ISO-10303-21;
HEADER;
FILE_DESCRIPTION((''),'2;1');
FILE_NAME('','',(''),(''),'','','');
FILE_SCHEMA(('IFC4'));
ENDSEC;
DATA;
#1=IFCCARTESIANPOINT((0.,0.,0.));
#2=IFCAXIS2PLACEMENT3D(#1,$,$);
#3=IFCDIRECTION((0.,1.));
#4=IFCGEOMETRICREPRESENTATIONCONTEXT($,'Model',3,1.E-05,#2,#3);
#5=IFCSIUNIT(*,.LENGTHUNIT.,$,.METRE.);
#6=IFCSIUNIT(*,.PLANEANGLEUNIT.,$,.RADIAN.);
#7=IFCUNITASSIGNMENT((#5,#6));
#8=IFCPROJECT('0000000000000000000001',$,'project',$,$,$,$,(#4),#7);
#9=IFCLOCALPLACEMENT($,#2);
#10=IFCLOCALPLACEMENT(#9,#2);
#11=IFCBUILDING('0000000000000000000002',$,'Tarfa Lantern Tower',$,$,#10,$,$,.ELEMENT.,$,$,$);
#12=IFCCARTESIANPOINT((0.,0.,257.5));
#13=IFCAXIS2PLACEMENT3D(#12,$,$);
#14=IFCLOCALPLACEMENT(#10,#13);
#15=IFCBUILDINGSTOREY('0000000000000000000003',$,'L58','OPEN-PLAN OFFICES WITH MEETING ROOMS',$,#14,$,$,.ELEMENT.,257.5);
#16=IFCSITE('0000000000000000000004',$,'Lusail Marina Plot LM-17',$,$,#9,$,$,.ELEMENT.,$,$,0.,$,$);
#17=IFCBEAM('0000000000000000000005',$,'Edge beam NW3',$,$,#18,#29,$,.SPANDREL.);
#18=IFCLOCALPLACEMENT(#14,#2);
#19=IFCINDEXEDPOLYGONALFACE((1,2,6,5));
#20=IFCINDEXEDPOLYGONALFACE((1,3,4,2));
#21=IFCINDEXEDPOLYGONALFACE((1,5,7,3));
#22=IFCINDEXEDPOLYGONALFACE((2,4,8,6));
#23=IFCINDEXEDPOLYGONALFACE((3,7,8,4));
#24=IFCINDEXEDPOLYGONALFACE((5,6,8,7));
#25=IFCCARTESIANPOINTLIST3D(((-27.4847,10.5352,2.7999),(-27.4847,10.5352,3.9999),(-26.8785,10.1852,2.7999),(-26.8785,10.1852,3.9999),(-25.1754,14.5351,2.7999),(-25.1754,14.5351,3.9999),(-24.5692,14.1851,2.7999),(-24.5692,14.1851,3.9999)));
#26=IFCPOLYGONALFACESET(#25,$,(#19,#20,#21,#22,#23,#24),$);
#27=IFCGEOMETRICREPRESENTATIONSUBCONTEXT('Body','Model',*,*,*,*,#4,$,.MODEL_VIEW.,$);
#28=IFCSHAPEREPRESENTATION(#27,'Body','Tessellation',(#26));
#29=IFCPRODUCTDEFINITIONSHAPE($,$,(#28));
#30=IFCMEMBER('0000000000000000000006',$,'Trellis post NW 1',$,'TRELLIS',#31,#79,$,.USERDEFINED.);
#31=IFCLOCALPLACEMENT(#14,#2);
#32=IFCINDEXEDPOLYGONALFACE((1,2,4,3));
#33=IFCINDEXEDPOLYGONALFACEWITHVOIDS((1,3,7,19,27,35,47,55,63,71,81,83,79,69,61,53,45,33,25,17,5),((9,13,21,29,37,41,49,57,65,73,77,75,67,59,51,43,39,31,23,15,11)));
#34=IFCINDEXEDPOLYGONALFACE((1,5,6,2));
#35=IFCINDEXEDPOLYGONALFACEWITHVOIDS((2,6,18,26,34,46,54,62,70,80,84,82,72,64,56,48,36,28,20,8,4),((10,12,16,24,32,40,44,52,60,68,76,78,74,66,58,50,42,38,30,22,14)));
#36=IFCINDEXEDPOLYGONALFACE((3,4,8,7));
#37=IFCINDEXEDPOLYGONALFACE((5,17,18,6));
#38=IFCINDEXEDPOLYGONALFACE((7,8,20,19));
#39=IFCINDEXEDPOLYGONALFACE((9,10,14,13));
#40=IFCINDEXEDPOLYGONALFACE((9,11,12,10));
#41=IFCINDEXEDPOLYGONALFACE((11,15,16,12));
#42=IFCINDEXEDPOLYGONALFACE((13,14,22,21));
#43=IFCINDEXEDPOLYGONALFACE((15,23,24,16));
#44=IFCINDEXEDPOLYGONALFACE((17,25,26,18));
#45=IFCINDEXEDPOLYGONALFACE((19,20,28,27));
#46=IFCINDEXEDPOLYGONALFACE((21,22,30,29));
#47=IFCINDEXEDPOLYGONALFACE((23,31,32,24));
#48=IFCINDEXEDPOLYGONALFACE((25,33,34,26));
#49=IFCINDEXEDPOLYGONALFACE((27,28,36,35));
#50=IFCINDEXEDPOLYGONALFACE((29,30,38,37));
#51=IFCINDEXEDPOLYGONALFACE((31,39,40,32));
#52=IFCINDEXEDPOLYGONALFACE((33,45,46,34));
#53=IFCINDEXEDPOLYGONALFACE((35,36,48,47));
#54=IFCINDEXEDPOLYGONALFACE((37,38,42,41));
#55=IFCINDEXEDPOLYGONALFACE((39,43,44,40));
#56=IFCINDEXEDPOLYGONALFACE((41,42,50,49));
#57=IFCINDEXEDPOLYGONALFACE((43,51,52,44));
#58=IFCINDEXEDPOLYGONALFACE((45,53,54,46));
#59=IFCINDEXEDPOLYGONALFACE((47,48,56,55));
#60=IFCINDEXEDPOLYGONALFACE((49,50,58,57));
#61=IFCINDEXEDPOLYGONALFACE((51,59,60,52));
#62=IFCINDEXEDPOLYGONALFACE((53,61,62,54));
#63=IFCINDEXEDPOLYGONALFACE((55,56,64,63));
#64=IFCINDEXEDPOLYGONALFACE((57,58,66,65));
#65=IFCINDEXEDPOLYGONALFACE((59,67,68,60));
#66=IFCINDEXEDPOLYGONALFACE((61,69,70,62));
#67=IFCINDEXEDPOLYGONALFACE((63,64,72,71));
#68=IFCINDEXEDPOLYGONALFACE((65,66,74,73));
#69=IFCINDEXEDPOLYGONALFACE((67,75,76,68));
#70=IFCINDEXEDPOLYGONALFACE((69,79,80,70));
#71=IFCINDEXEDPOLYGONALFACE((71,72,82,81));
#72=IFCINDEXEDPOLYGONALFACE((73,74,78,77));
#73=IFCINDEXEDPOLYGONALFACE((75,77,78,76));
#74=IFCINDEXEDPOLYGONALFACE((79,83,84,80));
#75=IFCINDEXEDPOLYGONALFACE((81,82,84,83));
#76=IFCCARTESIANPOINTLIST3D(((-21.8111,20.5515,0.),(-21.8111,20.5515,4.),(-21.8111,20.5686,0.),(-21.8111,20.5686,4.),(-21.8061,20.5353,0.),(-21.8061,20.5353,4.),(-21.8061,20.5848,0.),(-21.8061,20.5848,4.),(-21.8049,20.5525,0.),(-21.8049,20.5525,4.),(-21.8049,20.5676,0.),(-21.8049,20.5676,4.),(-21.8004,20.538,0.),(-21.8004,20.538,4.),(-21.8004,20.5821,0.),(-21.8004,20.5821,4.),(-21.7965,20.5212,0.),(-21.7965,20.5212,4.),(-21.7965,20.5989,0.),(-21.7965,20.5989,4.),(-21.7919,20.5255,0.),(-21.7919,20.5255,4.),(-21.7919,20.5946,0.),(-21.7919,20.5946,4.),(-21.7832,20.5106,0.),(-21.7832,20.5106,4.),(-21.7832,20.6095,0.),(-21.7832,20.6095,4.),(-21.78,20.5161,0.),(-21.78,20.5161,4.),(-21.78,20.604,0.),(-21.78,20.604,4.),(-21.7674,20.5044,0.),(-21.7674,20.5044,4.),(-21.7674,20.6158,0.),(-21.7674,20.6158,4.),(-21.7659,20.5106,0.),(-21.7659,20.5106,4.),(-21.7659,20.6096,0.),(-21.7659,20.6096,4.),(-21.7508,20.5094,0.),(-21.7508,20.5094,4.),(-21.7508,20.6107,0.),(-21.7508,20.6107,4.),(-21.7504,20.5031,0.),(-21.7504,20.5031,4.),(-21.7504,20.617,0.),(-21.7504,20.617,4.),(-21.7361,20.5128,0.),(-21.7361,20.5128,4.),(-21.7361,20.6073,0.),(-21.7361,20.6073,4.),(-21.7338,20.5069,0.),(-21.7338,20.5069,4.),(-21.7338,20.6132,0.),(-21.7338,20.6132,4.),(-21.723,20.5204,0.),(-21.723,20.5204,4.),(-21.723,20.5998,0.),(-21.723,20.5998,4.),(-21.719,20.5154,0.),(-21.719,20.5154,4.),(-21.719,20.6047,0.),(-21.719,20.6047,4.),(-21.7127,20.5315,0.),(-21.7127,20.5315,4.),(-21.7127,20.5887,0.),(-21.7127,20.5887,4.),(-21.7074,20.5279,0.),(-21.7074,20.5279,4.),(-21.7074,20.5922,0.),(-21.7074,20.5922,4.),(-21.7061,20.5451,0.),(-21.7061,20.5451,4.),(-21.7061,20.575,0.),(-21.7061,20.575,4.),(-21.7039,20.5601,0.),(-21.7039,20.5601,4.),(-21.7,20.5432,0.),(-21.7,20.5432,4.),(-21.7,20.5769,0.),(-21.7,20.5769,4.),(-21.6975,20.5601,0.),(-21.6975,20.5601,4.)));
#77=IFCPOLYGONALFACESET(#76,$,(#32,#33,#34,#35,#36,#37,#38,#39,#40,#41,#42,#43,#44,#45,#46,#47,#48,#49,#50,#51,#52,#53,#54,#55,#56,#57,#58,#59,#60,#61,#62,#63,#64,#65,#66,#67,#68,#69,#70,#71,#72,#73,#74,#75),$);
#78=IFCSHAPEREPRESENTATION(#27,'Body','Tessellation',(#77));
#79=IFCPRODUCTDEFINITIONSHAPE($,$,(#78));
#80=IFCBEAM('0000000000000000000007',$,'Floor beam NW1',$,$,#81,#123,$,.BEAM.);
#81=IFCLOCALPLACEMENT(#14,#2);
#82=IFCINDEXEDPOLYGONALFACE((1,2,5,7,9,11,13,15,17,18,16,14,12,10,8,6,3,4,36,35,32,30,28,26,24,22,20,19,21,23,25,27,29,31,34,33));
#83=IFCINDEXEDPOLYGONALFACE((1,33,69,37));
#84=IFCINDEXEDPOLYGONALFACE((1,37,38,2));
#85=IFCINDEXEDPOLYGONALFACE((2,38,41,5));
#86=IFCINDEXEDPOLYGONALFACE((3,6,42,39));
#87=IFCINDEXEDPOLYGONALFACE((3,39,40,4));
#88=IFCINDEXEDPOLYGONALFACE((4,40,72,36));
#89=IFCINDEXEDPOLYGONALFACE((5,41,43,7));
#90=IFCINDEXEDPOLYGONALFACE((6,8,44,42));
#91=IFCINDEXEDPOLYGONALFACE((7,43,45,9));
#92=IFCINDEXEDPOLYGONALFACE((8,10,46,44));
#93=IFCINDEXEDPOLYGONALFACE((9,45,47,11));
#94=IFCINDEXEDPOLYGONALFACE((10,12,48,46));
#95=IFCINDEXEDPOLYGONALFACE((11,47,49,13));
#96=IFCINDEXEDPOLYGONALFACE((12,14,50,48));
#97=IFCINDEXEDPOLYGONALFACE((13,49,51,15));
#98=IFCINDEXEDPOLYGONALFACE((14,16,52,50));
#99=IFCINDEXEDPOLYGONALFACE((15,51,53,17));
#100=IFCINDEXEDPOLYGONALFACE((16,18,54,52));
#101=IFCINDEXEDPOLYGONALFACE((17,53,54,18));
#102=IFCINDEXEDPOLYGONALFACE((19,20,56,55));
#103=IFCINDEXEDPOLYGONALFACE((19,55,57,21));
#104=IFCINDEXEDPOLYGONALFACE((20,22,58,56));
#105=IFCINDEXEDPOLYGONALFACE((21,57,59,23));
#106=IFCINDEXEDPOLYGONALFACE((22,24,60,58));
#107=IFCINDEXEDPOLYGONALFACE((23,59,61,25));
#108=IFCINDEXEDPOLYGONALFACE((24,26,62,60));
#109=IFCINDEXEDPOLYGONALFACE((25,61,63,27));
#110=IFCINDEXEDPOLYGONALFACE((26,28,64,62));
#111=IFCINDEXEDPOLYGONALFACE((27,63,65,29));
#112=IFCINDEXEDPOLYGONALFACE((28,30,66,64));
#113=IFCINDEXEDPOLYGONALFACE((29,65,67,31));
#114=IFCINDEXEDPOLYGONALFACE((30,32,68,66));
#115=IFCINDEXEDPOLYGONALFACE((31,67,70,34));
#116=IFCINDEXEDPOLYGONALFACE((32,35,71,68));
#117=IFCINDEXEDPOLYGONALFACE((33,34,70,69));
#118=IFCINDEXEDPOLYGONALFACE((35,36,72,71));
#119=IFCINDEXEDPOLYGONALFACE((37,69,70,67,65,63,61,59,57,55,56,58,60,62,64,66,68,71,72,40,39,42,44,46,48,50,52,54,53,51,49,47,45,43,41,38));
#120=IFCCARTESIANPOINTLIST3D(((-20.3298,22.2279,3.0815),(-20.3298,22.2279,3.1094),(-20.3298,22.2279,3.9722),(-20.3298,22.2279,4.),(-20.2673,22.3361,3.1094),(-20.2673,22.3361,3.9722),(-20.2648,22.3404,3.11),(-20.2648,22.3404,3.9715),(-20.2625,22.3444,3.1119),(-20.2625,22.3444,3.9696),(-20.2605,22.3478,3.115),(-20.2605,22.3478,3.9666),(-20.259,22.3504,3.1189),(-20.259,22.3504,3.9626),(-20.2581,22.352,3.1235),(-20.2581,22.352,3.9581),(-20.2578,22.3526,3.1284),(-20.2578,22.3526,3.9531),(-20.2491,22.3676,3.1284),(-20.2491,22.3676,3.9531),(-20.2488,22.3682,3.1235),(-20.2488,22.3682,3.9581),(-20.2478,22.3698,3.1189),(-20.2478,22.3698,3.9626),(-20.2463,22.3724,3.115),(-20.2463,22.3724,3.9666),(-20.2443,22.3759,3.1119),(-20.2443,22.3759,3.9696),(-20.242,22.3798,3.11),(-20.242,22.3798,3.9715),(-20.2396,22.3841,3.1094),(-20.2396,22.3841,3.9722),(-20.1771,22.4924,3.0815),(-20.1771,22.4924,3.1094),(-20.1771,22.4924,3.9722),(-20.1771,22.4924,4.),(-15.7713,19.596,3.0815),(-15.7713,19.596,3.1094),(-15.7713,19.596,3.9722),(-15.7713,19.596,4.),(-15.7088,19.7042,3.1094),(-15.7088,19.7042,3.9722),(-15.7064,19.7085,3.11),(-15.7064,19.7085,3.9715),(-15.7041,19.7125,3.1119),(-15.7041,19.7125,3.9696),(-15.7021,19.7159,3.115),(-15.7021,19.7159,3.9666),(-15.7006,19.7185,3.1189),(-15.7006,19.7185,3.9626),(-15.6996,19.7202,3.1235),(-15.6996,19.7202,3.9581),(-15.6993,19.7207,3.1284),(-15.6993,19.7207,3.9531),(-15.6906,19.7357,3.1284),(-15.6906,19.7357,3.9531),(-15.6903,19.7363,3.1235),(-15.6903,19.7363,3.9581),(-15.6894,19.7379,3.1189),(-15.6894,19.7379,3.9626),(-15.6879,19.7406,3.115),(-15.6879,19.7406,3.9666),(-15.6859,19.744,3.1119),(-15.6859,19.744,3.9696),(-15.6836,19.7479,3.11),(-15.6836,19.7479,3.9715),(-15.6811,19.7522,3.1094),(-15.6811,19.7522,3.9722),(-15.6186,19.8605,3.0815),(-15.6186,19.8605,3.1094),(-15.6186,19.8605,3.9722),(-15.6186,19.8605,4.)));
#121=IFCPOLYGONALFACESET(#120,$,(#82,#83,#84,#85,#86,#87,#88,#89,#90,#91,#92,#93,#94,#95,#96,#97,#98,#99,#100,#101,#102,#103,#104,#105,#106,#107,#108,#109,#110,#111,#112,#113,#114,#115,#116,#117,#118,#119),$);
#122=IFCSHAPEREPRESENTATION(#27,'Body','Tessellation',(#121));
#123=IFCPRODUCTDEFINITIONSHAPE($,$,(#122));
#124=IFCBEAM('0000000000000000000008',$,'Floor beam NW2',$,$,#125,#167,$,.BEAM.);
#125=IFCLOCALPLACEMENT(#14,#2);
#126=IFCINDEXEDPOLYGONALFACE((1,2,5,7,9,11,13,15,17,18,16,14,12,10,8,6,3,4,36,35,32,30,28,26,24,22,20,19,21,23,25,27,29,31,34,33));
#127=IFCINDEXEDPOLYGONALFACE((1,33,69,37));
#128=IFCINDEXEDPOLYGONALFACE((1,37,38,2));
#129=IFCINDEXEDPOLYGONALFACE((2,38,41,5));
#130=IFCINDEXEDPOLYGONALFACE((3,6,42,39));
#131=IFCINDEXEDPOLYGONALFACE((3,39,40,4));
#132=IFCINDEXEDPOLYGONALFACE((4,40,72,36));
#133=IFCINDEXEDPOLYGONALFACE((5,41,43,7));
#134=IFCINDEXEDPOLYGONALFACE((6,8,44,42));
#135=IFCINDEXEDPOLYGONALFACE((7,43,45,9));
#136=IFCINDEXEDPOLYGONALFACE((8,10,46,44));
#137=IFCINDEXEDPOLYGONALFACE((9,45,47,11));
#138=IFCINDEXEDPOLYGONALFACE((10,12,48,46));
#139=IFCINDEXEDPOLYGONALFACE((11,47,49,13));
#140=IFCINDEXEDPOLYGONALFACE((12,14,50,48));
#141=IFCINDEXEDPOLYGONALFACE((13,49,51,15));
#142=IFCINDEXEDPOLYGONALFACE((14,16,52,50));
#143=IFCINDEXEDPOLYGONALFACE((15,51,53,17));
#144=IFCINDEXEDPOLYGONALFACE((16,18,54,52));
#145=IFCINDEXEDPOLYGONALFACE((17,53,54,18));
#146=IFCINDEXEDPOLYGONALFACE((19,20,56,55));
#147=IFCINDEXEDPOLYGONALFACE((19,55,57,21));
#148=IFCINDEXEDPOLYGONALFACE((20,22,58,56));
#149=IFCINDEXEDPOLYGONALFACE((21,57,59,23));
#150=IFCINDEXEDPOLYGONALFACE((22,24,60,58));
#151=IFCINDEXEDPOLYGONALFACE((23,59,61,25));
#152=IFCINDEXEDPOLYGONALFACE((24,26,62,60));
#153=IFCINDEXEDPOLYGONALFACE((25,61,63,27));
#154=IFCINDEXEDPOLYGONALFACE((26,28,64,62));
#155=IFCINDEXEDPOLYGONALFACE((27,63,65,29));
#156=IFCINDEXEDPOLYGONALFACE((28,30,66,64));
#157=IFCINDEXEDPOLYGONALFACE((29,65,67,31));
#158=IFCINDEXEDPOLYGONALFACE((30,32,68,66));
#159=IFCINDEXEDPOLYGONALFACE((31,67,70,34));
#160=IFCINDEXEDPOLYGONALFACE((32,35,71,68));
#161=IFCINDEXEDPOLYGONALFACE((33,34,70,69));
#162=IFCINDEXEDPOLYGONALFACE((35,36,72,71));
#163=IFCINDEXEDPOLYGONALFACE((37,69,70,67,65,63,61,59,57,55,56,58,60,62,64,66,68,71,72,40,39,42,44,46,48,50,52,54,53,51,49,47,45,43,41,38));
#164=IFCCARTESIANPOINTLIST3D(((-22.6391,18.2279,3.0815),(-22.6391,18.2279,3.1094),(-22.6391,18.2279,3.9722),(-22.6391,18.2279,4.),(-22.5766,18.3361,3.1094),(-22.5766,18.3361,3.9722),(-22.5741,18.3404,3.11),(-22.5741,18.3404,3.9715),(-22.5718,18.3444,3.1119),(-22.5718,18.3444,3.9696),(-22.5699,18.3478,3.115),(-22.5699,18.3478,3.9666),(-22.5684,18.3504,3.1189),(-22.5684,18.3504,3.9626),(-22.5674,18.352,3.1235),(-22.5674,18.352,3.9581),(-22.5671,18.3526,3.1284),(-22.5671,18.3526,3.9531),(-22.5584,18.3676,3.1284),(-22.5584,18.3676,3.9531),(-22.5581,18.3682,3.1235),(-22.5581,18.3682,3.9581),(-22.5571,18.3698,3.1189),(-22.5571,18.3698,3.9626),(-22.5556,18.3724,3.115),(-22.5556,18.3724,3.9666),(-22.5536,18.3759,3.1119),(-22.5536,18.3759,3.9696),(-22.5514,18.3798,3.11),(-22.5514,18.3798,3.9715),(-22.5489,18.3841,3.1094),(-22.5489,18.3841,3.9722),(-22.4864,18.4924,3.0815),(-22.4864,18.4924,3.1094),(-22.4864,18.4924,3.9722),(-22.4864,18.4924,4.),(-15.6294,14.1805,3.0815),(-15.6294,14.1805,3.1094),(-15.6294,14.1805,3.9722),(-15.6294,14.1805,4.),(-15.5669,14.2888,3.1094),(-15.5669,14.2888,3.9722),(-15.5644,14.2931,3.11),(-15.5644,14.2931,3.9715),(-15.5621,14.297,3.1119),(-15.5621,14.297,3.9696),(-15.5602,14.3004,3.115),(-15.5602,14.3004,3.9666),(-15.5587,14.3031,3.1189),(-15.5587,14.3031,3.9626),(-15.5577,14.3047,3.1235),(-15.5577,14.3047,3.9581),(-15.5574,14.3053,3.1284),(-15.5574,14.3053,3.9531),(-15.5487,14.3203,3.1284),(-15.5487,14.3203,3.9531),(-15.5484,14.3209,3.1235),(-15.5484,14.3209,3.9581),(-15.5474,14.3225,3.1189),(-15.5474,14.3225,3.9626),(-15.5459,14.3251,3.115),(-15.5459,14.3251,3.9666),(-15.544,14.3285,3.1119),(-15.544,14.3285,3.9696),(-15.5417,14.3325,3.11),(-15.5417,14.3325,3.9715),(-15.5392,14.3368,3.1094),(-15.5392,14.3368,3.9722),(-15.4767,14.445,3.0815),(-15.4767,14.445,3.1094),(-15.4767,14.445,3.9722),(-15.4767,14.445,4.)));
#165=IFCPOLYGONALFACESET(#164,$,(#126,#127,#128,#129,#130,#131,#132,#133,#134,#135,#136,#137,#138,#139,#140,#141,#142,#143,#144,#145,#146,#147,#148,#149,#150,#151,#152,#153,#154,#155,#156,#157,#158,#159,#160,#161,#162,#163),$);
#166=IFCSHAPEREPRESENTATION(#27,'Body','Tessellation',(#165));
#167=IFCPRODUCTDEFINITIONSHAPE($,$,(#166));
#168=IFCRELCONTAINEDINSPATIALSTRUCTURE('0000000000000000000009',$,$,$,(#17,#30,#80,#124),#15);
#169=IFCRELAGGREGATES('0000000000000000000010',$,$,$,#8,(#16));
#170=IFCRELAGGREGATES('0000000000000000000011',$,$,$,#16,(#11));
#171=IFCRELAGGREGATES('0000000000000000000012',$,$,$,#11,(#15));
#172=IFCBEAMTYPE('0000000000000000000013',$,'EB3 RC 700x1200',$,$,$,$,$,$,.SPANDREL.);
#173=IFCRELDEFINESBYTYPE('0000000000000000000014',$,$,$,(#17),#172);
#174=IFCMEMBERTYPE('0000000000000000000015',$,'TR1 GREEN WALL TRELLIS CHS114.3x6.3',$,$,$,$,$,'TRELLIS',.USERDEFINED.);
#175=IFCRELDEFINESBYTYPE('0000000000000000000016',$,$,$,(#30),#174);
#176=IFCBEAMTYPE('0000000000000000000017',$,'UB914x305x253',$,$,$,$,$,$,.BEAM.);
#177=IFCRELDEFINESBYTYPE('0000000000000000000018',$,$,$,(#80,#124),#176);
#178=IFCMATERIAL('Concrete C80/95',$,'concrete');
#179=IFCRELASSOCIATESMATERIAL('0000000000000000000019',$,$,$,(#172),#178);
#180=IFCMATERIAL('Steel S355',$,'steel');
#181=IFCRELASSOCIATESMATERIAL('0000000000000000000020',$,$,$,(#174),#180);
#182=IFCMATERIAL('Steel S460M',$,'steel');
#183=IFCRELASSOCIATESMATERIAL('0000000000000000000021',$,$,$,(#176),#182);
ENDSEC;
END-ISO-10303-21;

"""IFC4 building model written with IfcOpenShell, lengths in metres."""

from ifc_helpers import new_model, si_unit, direction, frame, origin, origin_2d, place, context, subcontext, project, spatial, rectangle, hollow_circle, i_section, extrude, material, material_profile, profile_set, type_object, element, save


model = new_model("IFC4")

# Units and contexts
model_context = context("Model", 3, precision=1e-05, world=origin(), true_north=direction((0.0, 1.0)))
body_context = subcontext(model_context, "Body", "Model", "MODEL_VIEW")
ifc_project = project(units=[si_unit("LENGTHUNIT", "METRE"), si_unit("PLANEANGLEUNIT", "RADIAN")], contexts=[model_context])

# Site, building, storey
site_placement = place(None, origin())
site = spatial("IfcSite", under=ifc_project, at=site_placement, Name="Lusail Marina Plot LM-17", CompositionType="ELEMENT", RefElevation=0.0)
building_placement = place(site_placement, origin())
building = spatial("IfcBuilding", under=site, at=building_placement, Name="Tarfa Lantern Tower", CompositionType="ELEMENT")
storey_placement = place(building_placement, frame((0.0, 0.0, 257.5)))
storey = spatial("IfcBuildingStorey", under=building, at=storey_placement, Name="L58", Description="OPEN-PLAN OFFICES WITH MEETING ROOMS", CompositionType="ELEMENT", Elevation=257.5)

# Shared definitions
ifc_material_1 = material(Name="Concrete C80/95", Category="concrete")

# Beam
ifc_material_profile_1 = material_profile(ifc_material_1, rectangle(XDim=0.7, YDim=1.2, at=origin_2d()), Name="RC 700x1200")
ifc_profile_set_1 = profile_set([ifc_material_profile_1], Name="Concrete C80/95")
beam_type_1 = type_object("IfcBeamType", Name="EB3 RC 700x1200", PredefinedType="SPANDREL", material=ifc_profile_set_1)
beam_1_placement = place(storey_placement, frame((-24.8723, 14.3601, 3.3999), z_axis=(-0.499988, -0.866032, 0.0), x_axis=(0.866032, -0.499988, 0.0)))
element("IfcBeam", 1, at=beam_1_placement, inside=storey, type_object=beam_type_1, Name="Edge beam NW3", PredefinedType="SPANDREL", context=body_context, shape_type="SweptSolid", body=[
    extrude(rectangle(XDim=0.7, YDim=1.2, at=origin_2d()), origin(), (0.0, 0.0, 1.0), 4.6187),
])

# Member
ifc_material_2 = material(Name="Steel S355", Category="steel")
ifc_material_profile_2 = material_profile(ifc_material_2, hollow_circle(Radius=0.0571, WallThickness=0.0063, at=origin_2d()), Name="CHS114.3x6.3")
ifc_profile_set_2 = profile_set([ifc_material_profile_2], Name="Steel S355")
member_type_1 = type_object("IfcMemberType", Name="TR1 GREEN WALL TRELLIS CHS114.3x6.3", ElementType="TRELLIS", PredefinedType="USERDEFINED", material=ifc_profile_set_2)
member_1_placement = place(storey_placement, frame((-21.7546, 20.5601, 0.0), z_axis=(0.0, 0.0, 1.0), x_axis=(1.0, 0.0, 0.0)))
element("IfcMember", 2, at=member_1_placement, inside=storey, type_object=member_type_1, Name="Trellis post NW 1", ObjectType="TRELLIS", PredefinedType="USERDEFINED", context=body_context, shape_type="SweptSolid", body=[
    extrude(hollow_circle(Radius=0.0571, WallThickness=0.0063, at=origin_2d()), origin(), (0.0, 0.0, 1.0), 4.0),
])

# Beams
ifc_material_3 = material(Name="Steel S460M", Category="steel")
ifc_material_profile_3 = material_profile(ifc_material_3, i_section(OverallWidth=0.3054, OverallDepth=0.9185, WebThickness=0.0173, FlangeThickness=0.0278, FilletRadius=0.019, at=origin_2d()), Name="UB914x305x253")
ifc_profile_set_3 = profile_set([ifc_material_profile_3], Name="Steel S460M")
beam_type_2 = type_object("IfcBeamType", Name="UB914x305x253", PredefinedType="BEAM", material=ifc_profile_set_3)
beam_2_placement = place(storey_placement, frame((-20.2534, 22.3601, 3.5408), z_axis=(0.86602, -0.50001, 0.0), x_axis=(0.50001, 0.86602, 0.0)))
element("IfcBeam", 3, at=beam_2_placement, inside=storey, type_object=beam_type_2, Name="Floor beam NW1", PredefinedType="BEAM", context=body_context, shape_type="SweptSolid", body=[
    extrude(i_section(OverallWidth=0.3054, OverallDepth=0.9185, WebThickness=0.0173, FlangeThickness=0.0278, FilletRadius=0.019, at=origin_2d()), origin(), (0.0, 0.0, 1.0), 5.2637),
])
beam_3_placement = place(storey_placement, frame((-22.5627, 18.3601, 3.5408), z_axis=(0.866011, -0.500025, 0.0), x_axis=(0.500025, 0.866011, 0.0)))
element("IfcBeam", 4, at=beam_3_placement, inside=storey, type_object=beam_type_2, Name="Floor beam NW2", PredefinedType="BEAM", context=body_context, shape_type="SweptSolid", body=[
    extrude(i_section(OverallWidth=0.3054, OverallDepth=0.9185, WebThickness=0.0173, FlangeThickness=0.0278, FilletRadius=0.019, at=origin_2d()), origin(), (0.0, 0.0, 1.0), 8.0942),
])

save(model, "model.ifc")
